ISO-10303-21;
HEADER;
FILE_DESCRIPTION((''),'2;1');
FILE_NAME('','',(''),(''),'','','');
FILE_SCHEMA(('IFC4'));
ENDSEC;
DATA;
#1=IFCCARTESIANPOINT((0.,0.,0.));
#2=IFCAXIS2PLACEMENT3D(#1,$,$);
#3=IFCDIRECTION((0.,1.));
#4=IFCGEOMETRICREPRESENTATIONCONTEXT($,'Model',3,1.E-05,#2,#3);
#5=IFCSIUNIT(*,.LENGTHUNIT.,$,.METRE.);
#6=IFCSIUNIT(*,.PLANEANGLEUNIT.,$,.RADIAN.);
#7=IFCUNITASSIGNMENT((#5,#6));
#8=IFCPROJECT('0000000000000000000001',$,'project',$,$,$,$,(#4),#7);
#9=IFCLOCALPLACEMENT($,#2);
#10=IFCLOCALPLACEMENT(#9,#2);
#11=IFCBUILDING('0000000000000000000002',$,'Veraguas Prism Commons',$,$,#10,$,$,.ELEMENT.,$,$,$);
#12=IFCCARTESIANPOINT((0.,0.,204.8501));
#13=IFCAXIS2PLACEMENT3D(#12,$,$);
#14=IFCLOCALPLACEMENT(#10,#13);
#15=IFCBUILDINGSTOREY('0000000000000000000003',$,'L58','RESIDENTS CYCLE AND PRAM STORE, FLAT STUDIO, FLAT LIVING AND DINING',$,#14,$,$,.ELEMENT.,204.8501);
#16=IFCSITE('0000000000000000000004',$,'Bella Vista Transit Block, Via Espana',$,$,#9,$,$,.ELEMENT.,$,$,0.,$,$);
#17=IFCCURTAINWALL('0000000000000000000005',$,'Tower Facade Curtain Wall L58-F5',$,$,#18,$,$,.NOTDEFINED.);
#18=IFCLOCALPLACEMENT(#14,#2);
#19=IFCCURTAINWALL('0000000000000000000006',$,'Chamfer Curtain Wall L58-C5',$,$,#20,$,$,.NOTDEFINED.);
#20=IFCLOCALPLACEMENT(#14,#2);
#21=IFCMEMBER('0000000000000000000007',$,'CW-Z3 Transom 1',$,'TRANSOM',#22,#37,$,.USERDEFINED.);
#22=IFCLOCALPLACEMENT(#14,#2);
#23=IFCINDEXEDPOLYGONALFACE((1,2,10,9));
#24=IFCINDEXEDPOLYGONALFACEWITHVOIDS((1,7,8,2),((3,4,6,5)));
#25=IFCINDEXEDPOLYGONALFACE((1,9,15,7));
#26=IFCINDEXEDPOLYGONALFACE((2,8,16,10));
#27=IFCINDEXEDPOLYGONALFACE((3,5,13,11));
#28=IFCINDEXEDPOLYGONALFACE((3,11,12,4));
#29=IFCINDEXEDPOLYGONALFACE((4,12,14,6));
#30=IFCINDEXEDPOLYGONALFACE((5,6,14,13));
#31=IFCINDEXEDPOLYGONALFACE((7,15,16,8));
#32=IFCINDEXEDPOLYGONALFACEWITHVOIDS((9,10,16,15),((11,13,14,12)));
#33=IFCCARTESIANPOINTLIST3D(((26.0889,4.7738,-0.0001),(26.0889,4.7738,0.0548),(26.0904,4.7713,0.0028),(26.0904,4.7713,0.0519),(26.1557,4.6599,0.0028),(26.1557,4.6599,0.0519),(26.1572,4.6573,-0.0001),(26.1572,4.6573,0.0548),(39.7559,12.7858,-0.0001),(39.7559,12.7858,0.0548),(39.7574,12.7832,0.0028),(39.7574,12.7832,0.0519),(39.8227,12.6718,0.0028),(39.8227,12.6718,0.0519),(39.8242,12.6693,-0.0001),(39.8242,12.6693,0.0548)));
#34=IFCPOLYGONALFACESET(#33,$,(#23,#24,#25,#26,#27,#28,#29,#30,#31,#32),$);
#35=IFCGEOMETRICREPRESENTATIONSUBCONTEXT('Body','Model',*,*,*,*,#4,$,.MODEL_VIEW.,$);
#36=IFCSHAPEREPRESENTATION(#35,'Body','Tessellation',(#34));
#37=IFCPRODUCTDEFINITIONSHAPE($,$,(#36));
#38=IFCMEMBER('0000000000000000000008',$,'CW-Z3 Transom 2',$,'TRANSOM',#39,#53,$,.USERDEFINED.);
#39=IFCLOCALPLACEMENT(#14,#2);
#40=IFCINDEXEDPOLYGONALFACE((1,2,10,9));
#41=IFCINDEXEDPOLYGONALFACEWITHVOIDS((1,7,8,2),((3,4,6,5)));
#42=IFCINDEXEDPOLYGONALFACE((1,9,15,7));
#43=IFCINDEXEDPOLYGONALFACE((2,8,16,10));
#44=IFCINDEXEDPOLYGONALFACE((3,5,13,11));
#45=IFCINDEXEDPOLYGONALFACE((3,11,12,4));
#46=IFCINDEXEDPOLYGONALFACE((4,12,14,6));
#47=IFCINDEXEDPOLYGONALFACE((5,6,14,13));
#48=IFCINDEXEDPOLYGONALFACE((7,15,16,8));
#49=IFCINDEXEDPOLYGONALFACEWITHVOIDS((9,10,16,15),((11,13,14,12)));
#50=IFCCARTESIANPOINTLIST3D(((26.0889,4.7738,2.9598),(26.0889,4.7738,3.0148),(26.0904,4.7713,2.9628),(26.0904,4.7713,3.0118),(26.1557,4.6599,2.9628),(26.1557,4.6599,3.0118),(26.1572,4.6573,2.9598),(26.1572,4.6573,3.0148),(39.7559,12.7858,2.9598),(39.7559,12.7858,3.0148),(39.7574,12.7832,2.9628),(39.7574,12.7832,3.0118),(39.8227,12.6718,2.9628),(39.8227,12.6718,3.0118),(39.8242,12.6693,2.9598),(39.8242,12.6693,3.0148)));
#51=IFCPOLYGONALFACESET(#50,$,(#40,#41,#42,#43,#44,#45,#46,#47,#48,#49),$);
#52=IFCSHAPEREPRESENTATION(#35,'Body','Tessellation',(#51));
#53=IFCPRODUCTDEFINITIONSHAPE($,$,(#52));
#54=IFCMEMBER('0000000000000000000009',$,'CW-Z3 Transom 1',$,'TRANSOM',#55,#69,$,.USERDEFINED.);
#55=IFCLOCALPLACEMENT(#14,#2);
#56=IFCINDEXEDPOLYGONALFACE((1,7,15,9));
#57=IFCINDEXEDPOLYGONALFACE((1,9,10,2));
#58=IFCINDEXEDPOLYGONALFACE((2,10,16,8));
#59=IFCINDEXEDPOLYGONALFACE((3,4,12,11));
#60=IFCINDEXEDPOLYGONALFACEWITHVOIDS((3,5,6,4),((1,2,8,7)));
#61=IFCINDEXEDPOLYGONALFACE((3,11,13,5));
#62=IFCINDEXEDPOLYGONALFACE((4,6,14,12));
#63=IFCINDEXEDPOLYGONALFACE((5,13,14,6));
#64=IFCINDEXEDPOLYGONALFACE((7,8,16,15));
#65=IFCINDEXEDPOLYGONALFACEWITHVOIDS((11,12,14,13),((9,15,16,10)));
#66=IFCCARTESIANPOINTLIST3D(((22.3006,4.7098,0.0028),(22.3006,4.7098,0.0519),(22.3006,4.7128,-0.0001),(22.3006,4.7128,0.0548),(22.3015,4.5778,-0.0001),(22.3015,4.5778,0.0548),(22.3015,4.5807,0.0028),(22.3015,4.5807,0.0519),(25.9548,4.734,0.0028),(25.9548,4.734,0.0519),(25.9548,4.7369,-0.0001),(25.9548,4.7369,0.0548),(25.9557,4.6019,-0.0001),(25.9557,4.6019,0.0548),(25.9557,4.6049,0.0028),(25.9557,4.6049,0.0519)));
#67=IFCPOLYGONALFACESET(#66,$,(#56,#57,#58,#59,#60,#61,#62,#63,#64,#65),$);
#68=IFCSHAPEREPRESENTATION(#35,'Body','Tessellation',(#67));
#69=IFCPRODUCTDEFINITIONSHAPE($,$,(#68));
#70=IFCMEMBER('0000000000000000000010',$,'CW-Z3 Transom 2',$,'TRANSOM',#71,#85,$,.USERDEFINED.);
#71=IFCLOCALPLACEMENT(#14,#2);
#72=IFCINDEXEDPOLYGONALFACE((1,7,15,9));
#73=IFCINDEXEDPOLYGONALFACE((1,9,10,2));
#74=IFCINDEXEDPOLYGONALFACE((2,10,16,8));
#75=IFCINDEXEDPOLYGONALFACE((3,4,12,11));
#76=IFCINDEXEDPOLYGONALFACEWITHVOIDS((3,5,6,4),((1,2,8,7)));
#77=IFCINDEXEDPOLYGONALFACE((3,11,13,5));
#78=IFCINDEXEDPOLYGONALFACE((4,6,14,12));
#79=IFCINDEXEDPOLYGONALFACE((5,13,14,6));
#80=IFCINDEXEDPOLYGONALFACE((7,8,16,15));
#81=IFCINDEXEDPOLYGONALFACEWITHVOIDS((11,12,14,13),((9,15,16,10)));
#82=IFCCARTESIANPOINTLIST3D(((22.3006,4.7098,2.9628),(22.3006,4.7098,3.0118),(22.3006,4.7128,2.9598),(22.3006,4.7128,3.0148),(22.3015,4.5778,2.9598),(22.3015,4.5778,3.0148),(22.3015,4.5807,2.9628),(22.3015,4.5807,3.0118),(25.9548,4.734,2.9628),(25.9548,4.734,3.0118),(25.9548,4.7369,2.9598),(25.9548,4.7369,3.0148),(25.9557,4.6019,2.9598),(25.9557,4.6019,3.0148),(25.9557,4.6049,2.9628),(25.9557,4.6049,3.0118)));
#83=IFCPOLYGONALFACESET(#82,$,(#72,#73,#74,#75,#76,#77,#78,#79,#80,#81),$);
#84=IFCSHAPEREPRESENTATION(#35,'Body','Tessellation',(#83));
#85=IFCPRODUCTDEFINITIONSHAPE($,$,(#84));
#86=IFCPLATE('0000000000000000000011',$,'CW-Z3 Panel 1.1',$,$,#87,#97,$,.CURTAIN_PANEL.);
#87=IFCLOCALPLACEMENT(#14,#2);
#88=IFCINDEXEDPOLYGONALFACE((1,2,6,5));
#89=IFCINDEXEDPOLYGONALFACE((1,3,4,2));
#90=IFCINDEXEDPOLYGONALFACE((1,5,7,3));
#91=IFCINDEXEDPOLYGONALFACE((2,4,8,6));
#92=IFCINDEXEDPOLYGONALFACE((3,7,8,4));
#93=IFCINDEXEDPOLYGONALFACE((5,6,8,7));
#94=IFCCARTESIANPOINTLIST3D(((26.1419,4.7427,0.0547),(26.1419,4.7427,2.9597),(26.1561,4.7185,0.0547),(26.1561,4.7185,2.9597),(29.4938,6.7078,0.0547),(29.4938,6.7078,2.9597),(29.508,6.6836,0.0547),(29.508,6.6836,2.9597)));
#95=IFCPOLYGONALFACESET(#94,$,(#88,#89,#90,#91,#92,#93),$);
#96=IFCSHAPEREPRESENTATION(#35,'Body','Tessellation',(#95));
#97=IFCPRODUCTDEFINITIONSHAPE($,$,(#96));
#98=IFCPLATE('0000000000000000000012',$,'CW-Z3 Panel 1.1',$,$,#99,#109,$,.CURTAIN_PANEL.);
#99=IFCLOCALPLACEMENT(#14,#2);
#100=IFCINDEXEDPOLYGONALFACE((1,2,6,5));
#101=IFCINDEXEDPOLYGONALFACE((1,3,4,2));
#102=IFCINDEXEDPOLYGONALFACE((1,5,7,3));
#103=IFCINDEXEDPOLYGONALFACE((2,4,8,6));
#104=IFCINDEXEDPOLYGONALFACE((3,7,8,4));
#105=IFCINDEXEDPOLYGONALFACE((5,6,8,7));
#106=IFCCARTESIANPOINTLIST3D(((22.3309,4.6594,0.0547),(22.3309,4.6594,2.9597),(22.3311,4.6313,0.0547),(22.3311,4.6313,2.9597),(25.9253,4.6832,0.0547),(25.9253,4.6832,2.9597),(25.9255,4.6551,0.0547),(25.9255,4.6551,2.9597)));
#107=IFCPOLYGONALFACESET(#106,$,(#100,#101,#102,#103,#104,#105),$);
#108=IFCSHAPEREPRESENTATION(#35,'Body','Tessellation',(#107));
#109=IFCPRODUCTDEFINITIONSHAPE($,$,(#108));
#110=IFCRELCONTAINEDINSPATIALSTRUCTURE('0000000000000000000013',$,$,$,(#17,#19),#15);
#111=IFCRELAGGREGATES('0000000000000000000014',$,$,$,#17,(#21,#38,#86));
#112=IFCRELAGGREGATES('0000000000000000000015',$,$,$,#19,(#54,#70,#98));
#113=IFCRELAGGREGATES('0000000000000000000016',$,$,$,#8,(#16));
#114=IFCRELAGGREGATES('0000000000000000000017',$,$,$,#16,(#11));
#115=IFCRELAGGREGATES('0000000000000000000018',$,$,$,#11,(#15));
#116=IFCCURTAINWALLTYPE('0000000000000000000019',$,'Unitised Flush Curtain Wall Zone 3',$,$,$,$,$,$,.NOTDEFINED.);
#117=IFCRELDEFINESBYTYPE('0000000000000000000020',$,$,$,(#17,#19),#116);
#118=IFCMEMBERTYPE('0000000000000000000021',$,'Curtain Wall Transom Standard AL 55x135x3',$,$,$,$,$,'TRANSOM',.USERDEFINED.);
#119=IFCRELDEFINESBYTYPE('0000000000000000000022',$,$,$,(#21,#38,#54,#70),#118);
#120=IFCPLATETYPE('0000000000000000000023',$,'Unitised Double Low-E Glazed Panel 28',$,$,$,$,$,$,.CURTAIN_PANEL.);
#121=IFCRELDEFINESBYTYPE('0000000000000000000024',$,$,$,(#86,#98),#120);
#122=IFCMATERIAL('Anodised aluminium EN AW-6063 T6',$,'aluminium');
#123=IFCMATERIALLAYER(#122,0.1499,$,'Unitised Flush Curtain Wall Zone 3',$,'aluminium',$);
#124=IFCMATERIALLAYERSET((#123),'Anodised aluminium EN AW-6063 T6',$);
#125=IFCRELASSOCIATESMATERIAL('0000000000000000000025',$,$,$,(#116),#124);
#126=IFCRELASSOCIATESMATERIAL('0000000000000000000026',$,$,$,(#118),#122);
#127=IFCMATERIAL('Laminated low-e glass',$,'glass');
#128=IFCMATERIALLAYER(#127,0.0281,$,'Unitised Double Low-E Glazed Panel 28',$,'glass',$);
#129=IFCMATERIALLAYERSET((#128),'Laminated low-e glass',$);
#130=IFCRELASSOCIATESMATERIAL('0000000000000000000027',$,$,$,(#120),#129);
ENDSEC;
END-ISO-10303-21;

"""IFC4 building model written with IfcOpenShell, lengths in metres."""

from ifc_helpers import new_model, si_unit, direction, frame, origin, origin_2d, place, context, subcontext, project, spatial, rectangle, hollow_rectangle, extrude, source, transform, mapped, material, layer, layer_set, material_profile, profile_set, type_object, element, aggregate, save


model = new_model("IFC4")

# Units and contexts
model_context = context("Model", 3, precision=1e-05, world=origin(), true_north=direction((0.0, 1.0)))
body_context = subcontext(model_context, "Body", "Model", "MODEL_VIEW")
ifc_project = project(units=[si_unit("LENGTHUNIT", "METRE"), si_unit("PLANEANGLEUNIT", "RADIAN")], contexts=[model_context])

# Site, building, storey
site_placement = place(None, origin())
site = spatial("IfcSite", under=ifc_project, at=site_placement, Name="Bella Vista Transit Block, Via Espana", CompositionType="ELEMENT", RefElevation=0.0)
building_placement = place(site_placement, origin())
building = spatial("IfcBuilding", under=site, at=building_placement, Name="Veraguas Prism Commons", CompositionType="ELEMENT")
storey_placement = place(building_placement, frame((0.0, 0.0, 204.8501)))
storey = spatial("IfcBuildingStorey", under=building, at=storey_placement, Name="L58", Description="RESIDENTS CYCLE AND PRAM STORE, FLAT STUDIO, FLAT LIVING AND DINING", CompositionType="ELEMENT", Elevation=204.8501)

# Shared definitions
ifc_material_1 = material(Name="Anodised aluminium EN AW-6063 T6", Category="aluminium")
ifc_layer_1 = layer(ifc_material_1, 0.1499, Name="Unitised Flush Curtain Wall Zone 3", Category="aluminium")
ifc_layer_set_1 = layer_set([ifc_layer_1], Name="Anodised aluminium EN AW-6063 T6")
curtain_wall_type = type_object("IfcCurtainWallType", Name="Unitised Flush Curtain Wall Zone 3", PredefinedType="NOTDEFINED", material=ifc_layer_set_1)

# Curtain walls
curtain_wall_1_placement = place(storey_placement, origin())
curtain_wall_1 = element("IfcCurtainWall", 1, at=curtain_wall_1_placement, inside=storey, type_object=curtain_wall_type, Name="Tower Facade Curtain Wall L58-F5", PredefinedType="NOTDEFINED")
curtain_wall_2_placement = place(storey_placement, origin())
curtain_wall_2 = element("IfcCurtainWall", 2, at=curtain_wall_2_placement, inside=storey, type_object=curtain_wall_type, Name="Chamfer Curtain Wall L58-C5", PredefinedType="NOTDEFINED")

# Members
ifc_material_profile_1 = material_profile(ifc_material_1, hollow_rectangle(XDim=0.0549, YDim=0.135, WallThickness=0.0029, at=origin_2d()), Name="AL55X135X3")
ifc_profile_set_1 = profile_set([ifc_material_profile_1], Name="Anodised aluminium EN AW-6063 T6")
member_type_1 = type_object("IfcMemberType", Name="Curtain Wall Transom Standard AL 55x135x3", ElementType="TRANSOM", PredefinedType="USERDEFINED", material=ifc_profile_set_1)
shared_shape_1 = source(origin(), body_context, "Body", "SweptSolid", [
    extrude(hollow_rectangle(XDim=0.0549, YDim=0.135, WallThickness=0.0029, at=origin_2d()), origin(), (0.0, 0.0, 1.0), 15.8423),
])
member_1_placement = place(storey_placement, frame((26.123, 4.7156, 0.0273), z_axis=(0.86269, 0.505733, 0.0), x_axis=(0.0, 0.0, 1.0)))
member_1 = element("IfcMember", 3, at=member_1_placement, type_object=member_type_1, Name="CW-Z3 Transom 1", ObjectType="TRANSOM", PredefinedType="USERDEFINED", context=body_context, shape_type="MappedRepresentation", body=[
    mapped(shared_shape_1, transform((0.0, 0.0, 0.0), scale=1.0)),
])
member_2_placement = place(storey_placement, frame((26.123, 4.7156, 2.9873), z_axis=(0.86269, 0.505733, 0.0), x_axis=(0.0, 0.0, 1.0)))
member_2 = element("IfcMember", 4, at=member_2_placement, type_object=member_type_1, Name="CW-Z3 Transom 2", ObjectType="TRANSOM", PredefinedType="USERDEFINED", context=body_context, shape_type="MappedRepresentation", body=[
    mapped(shared_shape_1, transform((0.0, 0.0, 0.0), scale=1.0)),
])
shared_shape_2 = source(origin(), body_context, "Body", "SweptSolid", [
    extrude(hollow_rectangle(XDim=0.0549, YDim=0.135, WallThickness=0.0029, at=origin_2d()), origin(), (0.0, 0.0, 1.0), 3.6543),
])
member_3_placement = place(storey_placement, frame((22.301, 4.6453, 0.0273), z_axis=(0.999978, 0.006614, 0.0), x_axis=(0.0, 0.0, 1.0)))
member_3 = element("IfcMember", 5, at=member_3_placement, type_object=member_type_1, Name="CW-Z3 Transom 1", ObjectType="TRANSOM", PredefinedType="USERDEFINED", context=body_context, shape_type="MappedRepresentation", body=[
    mapped(shared_shape_2, transform((0.0, 0.0, 0.0), scale=1.0)),
])
member_4_placement = place(storey_placement, frame((22.301, 4.6453, 2.9873), z_axis=(0.999978, 0.006614, 0.0), x_axis=(0.0, 0.0, 1.0)))
member_4 = element("IfcMember", 6, at=member_4_placement, type_object=member_type_1, Name="CW-Z3 Transom 2", ObjectType="TRANSOM", PredefinedType="USERDEFINED", context=body_context, shape_type="MappedRepresentation", body=[
    mapped(shared_shape_2, transform((0.0, 0.0, 0.0), scale=1.0)),
])

# Plates
ifc_material_2 = material(Name="Laminated low-e glass", Category="glass")
ifc_layer_2 = layer(ifc_material_2, 0.0281, Name="Unitised Double Low-E Glazed Panel 28", Category="glass")
ifc_layer_set_2 = layer_set([ifc_layer_2], Name="Laminated low-e glass")
plate_type = type_object("IfcPlateType", Name="Unitised Double Low-E Glazed Panel 28", PredefinedType="CURTAIN_PANEL", material=ifc_layer_set_2)
shared_shape_3 = source(origin(), body_context, "Body", "SweptSolid", [
    extrude(rectangle(XDim=3.8855, YDim=0.0281, at=origin_2d()), origin(), (0.0, 0.0, 1.0), 2.905),
])
plate_1_placement = place(storey_placement, frame((27.825, 5.7131, 0.0547), z_axis=(0.0, 0.0, 1.0), x_axis=(0.862686, 0.50574, 0.0)))
plate_1 = element("IfcPlate", 7, at=plate_1_placement, type_object=plate_type, Name="CW-Z3 Panel 1.1", PredefinedType="CURTAIN_PANEL", context=body_context, shape_type="MappedRepresentation", body=[
    mapped(shared_shape_3, transform((0.0, 0.0, 0.0), scale=1.0)),
])
aggregate(curtain_wall_1, [member_1, member_2, plate_1])
shared_shape_4 = source(origin(), body_context, "Body", "SweptSolid", [
    extrude(rectangle(XDim=3.5945, YDim=0.0281, at=origin_2d()), origin(), (0.0, 0.0, 1.0), 2.905),
])
plate_2_placement = place(storey_placement, frame((24.1282, 4.6572, 0.0547), z_axis=(0.0, 0.0, 1.0), x_axis=(0.999978, 0.006623, 0.0)))
plate_2 = element("IfcPlate", 8, at=plate_2_placement, type_object=plate_type, Name="CW-Z3 Panel 1.1", PredefinedType="CURTAIN_PANEL", context=body_context, shape_type="MappedRepresentation", body=[
    mapped(shared_shape_4, transform((0.0, 0.0, 0.0), scale=1.0)),
])
aggregate(curtain_wall_2, [member_3, member_4, plate_2])

save(model, "model.ifc")
